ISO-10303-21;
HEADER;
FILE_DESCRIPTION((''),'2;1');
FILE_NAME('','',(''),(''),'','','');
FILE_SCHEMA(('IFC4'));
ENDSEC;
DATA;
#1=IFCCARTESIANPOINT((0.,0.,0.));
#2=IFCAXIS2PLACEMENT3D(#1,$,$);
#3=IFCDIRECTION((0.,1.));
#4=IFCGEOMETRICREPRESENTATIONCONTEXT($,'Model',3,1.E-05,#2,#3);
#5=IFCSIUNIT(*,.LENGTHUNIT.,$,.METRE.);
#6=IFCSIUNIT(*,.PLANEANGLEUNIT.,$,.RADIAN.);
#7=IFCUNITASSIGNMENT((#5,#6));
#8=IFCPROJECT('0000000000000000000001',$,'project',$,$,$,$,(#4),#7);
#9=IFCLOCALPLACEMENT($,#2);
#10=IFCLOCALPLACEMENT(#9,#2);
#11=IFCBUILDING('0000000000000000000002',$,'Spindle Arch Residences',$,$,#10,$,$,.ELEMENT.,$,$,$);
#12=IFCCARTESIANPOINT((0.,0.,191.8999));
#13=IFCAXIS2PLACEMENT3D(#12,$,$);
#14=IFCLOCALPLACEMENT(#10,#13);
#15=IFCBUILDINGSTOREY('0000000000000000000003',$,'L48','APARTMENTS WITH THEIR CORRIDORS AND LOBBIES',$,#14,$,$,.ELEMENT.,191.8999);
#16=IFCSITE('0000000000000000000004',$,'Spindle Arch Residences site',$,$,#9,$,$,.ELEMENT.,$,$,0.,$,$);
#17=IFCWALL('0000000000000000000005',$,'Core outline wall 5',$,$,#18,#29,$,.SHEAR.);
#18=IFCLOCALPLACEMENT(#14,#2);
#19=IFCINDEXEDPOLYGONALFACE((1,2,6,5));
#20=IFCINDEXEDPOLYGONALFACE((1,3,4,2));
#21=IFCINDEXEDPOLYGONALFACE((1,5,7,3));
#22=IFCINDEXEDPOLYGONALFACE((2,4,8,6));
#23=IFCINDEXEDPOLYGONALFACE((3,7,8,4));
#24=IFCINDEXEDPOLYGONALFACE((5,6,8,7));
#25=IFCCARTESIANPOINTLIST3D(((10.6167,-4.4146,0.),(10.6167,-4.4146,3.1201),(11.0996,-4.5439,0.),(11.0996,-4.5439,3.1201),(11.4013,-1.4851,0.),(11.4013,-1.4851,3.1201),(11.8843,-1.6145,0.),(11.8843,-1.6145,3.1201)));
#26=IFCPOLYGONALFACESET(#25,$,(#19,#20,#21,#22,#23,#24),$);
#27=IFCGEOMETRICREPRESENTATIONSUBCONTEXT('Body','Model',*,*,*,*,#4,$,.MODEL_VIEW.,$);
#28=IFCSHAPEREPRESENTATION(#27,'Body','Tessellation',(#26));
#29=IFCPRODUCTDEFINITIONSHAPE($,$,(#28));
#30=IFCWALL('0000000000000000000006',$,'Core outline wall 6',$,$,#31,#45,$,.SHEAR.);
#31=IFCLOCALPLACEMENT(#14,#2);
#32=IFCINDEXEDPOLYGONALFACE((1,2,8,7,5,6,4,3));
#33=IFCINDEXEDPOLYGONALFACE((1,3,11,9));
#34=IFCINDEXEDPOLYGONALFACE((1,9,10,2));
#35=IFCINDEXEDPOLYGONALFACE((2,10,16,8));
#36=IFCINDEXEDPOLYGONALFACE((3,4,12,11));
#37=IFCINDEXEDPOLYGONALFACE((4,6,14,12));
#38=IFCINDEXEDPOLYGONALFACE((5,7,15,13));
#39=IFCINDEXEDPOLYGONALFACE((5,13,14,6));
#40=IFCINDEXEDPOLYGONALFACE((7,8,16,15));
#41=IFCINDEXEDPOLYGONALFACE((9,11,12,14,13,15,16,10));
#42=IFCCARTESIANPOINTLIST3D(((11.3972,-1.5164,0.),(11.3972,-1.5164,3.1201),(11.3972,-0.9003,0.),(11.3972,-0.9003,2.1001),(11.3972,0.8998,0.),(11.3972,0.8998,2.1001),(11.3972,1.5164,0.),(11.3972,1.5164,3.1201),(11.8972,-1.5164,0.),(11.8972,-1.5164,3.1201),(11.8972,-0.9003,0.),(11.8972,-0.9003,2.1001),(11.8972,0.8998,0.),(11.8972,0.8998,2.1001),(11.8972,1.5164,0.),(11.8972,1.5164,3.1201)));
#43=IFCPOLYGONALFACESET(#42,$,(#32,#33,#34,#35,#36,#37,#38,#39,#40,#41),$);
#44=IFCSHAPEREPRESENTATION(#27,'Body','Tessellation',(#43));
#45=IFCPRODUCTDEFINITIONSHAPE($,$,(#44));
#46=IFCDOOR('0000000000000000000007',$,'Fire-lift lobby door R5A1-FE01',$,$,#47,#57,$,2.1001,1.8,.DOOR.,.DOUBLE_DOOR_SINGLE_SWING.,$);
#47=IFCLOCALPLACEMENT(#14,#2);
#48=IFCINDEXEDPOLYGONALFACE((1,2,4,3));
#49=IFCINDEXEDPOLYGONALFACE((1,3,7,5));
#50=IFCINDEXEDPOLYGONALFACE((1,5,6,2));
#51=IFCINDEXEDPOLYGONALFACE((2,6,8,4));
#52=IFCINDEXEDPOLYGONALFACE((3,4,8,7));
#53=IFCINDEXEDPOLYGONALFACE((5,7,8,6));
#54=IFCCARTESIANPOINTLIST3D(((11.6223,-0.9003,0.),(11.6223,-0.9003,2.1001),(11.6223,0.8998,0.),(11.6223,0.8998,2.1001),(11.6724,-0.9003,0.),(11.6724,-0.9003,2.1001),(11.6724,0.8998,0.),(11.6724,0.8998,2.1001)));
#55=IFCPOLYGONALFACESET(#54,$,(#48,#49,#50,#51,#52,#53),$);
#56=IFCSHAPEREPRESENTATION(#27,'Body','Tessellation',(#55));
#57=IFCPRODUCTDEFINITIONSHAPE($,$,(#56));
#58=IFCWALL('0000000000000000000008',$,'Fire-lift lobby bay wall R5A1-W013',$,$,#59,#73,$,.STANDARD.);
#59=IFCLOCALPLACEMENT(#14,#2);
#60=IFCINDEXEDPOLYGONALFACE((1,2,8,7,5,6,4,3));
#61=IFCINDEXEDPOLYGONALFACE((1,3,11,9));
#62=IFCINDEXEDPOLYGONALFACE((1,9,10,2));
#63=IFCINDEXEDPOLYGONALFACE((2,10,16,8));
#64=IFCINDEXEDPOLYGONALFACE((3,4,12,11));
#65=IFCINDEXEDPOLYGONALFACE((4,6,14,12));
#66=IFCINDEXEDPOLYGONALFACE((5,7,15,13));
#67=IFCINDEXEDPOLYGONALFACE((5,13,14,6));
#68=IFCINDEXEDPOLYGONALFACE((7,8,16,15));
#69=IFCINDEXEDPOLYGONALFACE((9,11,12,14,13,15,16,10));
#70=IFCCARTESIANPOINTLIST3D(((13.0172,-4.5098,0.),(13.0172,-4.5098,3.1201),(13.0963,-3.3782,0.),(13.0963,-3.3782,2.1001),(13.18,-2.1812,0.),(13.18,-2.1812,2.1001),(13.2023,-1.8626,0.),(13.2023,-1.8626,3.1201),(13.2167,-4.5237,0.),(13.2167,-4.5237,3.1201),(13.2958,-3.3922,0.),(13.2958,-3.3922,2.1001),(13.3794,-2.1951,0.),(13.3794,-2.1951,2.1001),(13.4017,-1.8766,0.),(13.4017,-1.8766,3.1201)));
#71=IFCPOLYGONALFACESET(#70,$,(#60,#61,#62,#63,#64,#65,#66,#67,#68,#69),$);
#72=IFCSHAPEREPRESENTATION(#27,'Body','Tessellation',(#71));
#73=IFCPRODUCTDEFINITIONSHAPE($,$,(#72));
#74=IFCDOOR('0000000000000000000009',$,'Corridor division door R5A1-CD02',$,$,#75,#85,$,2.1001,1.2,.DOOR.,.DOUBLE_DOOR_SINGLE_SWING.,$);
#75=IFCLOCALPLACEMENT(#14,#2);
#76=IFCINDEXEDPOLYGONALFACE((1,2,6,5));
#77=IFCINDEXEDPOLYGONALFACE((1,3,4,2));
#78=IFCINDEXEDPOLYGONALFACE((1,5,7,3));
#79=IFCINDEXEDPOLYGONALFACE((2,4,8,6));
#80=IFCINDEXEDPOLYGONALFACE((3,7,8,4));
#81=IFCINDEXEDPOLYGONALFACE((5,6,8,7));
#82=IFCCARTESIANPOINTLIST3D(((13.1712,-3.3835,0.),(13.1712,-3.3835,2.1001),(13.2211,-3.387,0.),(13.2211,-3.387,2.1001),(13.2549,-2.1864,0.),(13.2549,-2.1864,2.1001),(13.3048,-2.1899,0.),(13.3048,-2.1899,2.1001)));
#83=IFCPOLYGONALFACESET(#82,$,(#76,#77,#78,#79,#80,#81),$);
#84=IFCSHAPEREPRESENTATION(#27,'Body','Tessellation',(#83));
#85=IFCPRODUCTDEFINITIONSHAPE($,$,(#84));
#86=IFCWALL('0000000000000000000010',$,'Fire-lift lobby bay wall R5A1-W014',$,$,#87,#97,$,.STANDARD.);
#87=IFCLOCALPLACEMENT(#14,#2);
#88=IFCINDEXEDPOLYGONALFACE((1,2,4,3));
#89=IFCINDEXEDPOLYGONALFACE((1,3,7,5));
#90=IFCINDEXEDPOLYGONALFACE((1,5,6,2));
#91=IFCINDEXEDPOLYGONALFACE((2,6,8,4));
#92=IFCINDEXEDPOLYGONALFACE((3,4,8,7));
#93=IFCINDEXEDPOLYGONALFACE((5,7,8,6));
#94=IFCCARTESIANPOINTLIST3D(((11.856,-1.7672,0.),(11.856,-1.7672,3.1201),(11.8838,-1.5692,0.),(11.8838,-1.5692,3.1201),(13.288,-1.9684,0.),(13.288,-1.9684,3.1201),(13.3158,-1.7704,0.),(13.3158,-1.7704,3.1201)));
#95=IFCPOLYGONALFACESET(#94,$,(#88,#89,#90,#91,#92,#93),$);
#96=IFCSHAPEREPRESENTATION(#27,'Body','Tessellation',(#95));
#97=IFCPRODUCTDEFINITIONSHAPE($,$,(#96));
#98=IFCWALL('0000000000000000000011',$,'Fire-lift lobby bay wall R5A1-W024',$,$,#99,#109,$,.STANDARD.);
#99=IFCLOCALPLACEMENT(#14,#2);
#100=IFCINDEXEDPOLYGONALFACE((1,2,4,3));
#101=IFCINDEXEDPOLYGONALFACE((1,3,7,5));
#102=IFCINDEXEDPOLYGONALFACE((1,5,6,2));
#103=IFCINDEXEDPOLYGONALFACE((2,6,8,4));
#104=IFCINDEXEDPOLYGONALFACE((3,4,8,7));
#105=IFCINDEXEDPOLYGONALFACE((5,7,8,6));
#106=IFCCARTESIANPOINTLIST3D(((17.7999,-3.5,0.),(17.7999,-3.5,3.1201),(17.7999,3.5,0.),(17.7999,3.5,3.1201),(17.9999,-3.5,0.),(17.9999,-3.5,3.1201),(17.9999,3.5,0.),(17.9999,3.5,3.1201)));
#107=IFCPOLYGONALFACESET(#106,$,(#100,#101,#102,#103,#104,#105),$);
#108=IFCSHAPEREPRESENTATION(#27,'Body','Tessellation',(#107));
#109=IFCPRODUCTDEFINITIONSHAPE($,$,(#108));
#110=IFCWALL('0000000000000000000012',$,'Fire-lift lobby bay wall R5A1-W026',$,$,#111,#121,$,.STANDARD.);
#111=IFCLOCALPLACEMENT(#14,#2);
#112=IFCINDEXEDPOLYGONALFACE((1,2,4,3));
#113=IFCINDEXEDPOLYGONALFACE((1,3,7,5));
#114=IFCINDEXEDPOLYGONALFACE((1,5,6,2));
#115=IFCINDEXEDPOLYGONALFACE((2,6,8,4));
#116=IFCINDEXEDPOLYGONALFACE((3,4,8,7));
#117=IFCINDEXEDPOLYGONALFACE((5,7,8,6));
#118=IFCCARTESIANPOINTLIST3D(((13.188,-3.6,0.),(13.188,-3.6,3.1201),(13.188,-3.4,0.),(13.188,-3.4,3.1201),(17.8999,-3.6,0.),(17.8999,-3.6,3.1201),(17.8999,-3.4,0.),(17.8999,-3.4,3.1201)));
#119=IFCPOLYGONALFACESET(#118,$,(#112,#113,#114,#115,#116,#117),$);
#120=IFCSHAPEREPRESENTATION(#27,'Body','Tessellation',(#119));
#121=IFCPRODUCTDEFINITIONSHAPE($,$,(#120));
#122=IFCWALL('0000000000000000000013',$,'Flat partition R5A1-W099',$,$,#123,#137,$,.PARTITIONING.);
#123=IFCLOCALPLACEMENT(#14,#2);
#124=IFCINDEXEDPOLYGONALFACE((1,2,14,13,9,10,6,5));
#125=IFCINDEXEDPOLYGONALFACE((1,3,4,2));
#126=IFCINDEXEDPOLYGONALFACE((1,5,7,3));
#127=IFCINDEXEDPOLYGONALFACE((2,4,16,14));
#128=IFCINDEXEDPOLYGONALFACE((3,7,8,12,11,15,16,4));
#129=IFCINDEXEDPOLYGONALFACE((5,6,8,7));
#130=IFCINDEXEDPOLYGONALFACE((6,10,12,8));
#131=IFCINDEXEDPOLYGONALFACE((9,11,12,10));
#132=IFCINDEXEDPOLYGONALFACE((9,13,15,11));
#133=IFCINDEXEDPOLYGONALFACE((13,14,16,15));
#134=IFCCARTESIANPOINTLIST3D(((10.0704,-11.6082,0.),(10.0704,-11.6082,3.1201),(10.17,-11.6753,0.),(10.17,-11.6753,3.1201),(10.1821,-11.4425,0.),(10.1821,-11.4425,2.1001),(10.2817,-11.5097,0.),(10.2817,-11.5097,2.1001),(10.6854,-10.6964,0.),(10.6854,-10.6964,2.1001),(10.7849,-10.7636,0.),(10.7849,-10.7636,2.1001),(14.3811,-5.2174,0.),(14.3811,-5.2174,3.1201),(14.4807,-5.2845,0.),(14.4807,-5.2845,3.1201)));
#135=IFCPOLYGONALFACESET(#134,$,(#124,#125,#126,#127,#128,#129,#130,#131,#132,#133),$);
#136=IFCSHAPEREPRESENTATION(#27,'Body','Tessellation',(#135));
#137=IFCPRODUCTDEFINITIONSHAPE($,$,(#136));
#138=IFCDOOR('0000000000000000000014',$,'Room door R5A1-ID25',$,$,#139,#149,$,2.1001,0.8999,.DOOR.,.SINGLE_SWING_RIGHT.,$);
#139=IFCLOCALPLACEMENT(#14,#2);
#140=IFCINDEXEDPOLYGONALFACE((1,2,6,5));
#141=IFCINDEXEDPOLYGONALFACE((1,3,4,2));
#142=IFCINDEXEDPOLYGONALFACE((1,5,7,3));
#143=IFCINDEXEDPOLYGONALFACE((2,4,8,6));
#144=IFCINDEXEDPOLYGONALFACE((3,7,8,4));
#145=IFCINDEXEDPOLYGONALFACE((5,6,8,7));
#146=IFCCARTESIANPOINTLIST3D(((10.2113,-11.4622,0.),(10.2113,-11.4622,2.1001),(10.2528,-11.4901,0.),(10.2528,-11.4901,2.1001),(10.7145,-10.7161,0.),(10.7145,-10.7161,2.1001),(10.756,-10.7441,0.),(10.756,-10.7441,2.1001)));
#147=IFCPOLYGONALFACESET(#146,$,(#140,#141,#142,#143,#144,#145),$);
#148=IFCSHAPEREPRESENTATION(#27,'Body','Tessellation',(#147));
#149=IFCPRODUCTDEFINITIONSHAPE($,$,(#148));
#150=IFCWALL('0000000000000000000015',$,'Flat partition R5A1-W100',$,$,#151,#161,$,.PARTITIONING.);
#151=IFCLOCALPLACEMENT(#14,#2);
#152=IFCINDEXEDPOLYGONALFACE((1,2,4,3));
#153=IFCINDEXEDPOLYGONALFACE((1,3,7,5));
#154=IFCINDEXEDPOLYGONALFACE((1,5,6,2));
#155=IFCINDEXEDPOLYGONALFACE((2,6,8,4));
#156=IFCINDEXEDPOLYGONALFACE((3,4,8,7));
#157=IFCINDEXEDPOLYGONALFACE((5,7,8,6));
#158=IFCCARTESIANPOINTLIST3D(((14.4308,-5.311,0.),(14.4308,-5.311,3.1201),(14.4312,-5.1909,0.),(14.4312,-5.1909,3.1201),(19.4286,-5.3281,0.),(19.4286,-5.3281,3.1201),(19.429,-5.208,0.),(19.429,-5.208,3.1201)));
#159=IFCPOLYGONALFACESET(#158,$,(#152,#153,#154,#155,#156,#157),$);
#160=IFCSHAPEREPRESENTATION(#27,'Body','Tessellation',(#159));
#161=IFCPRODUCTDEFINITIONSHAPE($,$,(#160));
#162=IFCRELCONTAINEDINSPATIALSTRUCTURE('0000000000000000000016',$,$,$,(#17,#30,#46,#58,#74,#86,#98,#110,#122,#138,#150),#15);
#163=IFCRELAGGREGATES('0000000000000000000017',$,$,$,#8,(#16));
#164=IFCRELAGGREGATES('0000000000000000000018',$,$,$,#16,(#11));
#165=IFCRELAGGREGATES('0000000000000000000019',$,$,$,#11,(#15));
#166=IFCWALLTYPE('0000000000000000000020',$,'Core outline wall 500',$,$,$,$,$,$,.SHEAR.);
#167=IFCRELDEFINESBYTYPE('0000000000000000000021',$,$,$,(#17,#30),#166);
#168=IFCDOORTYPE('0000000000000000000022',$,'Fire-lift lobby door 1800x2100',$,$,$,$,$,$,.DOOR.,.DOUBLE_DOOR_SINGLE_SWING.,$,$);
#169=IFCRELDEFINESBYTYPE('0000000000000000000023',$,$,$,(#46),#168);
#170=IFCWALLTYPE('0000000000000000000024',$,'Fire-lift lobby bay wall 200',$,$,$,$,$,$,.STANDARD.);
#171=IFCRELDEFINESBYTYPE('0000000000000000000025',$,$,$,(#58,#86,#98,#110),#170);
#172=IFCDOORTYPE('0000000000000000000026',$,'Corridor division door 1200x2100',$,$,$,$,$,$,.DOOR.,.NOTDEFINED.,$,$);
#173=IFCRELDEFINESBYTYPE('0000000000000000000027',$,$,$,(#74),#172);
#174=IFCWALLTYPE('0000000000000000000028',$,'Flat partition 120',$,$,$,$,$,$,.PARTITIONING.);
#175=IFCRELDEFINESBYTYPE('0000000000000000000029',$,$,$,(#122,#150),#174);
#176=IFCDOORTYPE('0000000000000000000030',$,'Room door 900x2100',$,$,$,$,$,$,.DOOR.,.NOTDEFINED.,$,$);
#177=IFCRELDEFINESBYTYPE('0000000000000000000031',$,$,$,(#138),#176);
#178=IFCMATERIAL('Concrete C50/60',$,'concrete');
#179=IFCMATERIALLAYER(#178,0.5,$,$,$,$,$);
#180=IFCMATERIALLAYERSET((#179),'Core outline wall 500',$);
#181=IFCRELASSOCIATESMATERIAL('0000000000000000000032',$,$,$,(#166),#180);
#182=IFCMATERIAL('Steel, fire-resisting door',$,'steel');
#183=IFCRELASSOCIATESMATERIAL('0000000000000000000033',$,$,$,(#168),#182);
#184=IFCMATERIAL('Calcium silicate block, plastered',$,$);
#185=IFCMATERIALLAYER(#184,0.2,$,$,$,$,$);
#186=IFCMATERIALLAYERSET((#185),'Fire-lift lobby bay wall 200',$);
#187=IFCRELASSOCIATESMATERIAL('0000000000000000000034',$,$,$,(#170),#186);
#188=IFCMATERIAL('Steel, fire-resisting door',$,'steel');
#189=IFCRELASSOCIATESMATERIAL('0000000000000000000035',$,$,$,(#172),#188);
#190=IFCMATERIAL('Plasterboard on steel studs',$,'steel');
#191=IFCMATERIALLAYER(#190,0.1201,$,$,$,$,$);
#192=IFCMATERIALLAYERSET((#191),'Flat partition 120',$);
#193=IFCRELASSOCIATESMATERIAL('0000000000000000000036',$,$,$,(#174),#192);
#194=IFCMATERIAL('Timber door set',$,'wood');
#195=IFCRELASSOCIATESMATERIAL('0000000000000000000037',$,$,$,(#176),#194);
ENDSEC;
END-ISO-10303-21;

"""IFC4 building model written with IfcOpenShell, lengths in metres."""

from ifc_helpers import new_model, si_unit, direction, frame, frame_2d, origin, place, context, subcontext, project, spatial, rectangle, extrude, material, layer, layer_set, type_object, element, fill, save


model = new_model("IFC4")

# Units and contexts
model_context = context("Model", 3, precision=1e-05, world=origin(), true_north=direction((0.0, 1.0)))
body_context = subcontext(model_context, "Body", "Model", "MODEL_VIEW")
ifc_project = project(units=[si_unit("LENGTHUNIT", "METRE"), si_unit("PLANEANGLEUNIT", "RADIAN")], contexts=[model_context])

# Site, building, storey
site_placement = place(None, origin())
site = spatial("IfcSite", under=ifc_project, at=site_placement, Name="Spindle Arch Residences site", CompositionType="ELEMENT", RefElevation=0.0)
building_placement = place(site_placement, origin())
building = spatial("IfcBuilding", under=site, at=building_placement, Name="Spindle Arch Residences", CompositionType="ELEMENT")
storey_placement = place(building_placement, frame((0.0, 0.0, 191.8999)))
storey = spatial("IfcBuildingStorey", under=building, at=storey_placement, Name="L48", Description="APARTMENTS WITH THEIR CORRIDORS AND LOBBIES", CompositionType="ELEMENT", Elevation=191.8999)

# Wall
ifc_material_1 = material(Name="Concrete C50/60", Category="concrete")
ifc_layer_1 = layer(ifc_material_1, 0.5)
ifc_layer_set_1 = layer_set([ifc_layer_1], Name="Core outline wall 500")
wall_type_1 = type_object("IfcWallType", Name="Core outline wall 500", PredefinedType="SHEAR", material=ifc_layer_set_1)
wall_1_placement = place(storey_placement, frame((10.8582, -4.4792, 0.0), z_axis=(0.0, 0.0, 1.0), x_axis=(0.258735, 0.965948, 0.0)))
element("IfcWall", 1, at=wall_1_placement, inside=storey, type_object=wall_type_1, Name="Core outline wall 5", PredefinedType="SHEAR", context=body_context, shape_type="SweptSolid", body=[
    extrude(rectangle(XDim=3.0327, YDim=0.5, at=frame_2d((1.5164, 0.0))), origin(), (0.0, 0.0, 1.0), 3.1201),
])

# Walls, openings, doors
wall_2_placement = place(storey_placement, frame((11.6472, -1.5164, 0.0), z_axis=(0.0, 0.0, 1.0), x_axis=(0.0, 1.0, 0.0)))
wall_2 = element("IfcWall", 2, at=wall_2_placement, inside=storey, type_object=wall_type_1, Name="Core outline wall 6", PredefinedType="SHEAR", context=body_context, shape_type="SweptSolid", body=[
    extrude(rectangle(XDim=3.0327, YDim=0.5, at=frame_2d((1.5164, 0.0))), origin(), (0.0, 0.0, 1.0), 3.1201),
])
opening_1_placement = place(wall_2_placement, frame((0.6162, 0.0, 0.0)))
opening_1 = element("IfcOpeningElement", 3, at=opening_1_placement, cuts=wall_2, PredefinedType="OPENING", context=body_context, shape_type="SweptSolid", body=[
    extrude(rectangle(XDim=1.8, YDim=2.1001, at=frame_2d((0.8999, 1.05))), frame((0.0, 0.26, 0.0), z_axis=(0.0, -1.0, 0.0), x_axis=(1.0, 0.0, 0.0)), (0.0, 0.0, 1.0), 0.52),
])
ifc_material_2 = material(Name="Steel, fire-resisting door", Category="steel")
door_type_1 = type_object("IfcDoorType", Name="Fire-lift lobby door 1800x2100", OperationType="DOUBLE_DOOR_SINGLE_SWING", PredefinedType="DOOR", material=ifc_material_2)
door_1_placement = place(opening_1_placement, origin())
door_1 = element("IfcDoor", 4, at=door_1_placement, inside=storey, type_object=door_type_1, Name="Fire-lift lobby door R5A1-FE01", OperationType="DOUBLE_DOOR_SINGLE_SWING", OverallHeight=2.1001, OverallWidth=1.8, PredefinedType="DOOR", context=body_context, shape_type="SweptSolid", body=[
    extrude(rectangle(XDim=1.8, YDim=2.1001, at=frame_2d((0.8999, 1.05))), frame((0.0, 0.0249, 0.0), z_axis=(0.0, -1.0, 0.0), x_axis=(1.0, 0.0, 0.0)), (0.0, 0.0, 1.0), 0.05),
])
fill(opening_1, door_1)
ifc_material_3 = material(Name="Calcium silicate block, plastered")
ifc_layer_2 = layer(ifc_material_3, 0.2)
ifc_layer_set_2 = layer_set([ifc_layer_2], Name="Fire-lift lobby bay wall 200")
wall_type_2 = type_object("IfcWallType", Name="Fire-lift lobby bay wall 200", PredefinedType="STANDARD", material=ifc_layer_set_2)
wall_3_placement = place(storey_placement, frame((13.1169, -4.5166, 0.0), z_axis=(0.0, 0.0, 1.0), x_axis=(0.069737, 0.997565, 0.0)))
wall_3 = element("IfcWall", 5, at=wall_3_placement, inside=storey, type_object=wall_type_2, Name="Fire-lift lobby bay wall R5A1-W013", PredefinedType="STANDARD", context=body_context, shape_type="SweptSolid", body=[
    extrude(rectangle(XDim=2.6536, YDim=0.2, at=frame_2d((1.3267, 0.0))), origin(), (0.0, 0.0, 1.0), 3.1201),
])
opening_2_placement = place(wall_3_placement, frame((1.134, 0.0, 0.0)))
opening_2 = element("IfcOpeningElement", 6, at=opening_2_placement, cuts=wall_3, PredefinedType="OPENING", context=body_context, shape_type="SweptSolid", body=[
    extrude(rectangle(XDim=1.2, YDim=2.1001, at=frame_2d((0.6001, 1.05))), frame((0.0, 0.1099, 0.0), z_axis=(0.0, -1.0, 0.0), x_axis=(1.0, 0.0, 0.0)), (0.0, 0.0, 1.0), 0.22),
])
ifc_material_4 = material(Name="Steel, fire-resisting door", Category="steel")
door_type_2 = type_object("IfcDoorType", Name="Corridor division door 1200x2100", OperationType="NOTDEFINED", PredefinedType="DOOR", material=ifc_material_4)
door_2_placement = place(opening_2_placement, origin())
door_2 = element("IfcDoor", 7, at=door_2_placement, inside=storey, type_object=door_type_2, Name="Corridor division door R5A1-CD02", OperationType="DOUBLE_DOOR_SINGLE_SWING", OverallHeight=2.1001, OverallWidth=1.2, PredefinedType="DOOR", context=body_context, shape_type="SweptSolid", body=[
    extrude(rectangle(XDim=1.2, YDim=2.1001, at=frame_2d((0.6001, 1.05))), frame((0.0, 0.0249, 0.0), z_axis=(0.0, -1.0, 0.0), x_axis=(1.0, 0.0, 0.0)), (0.0, 0.0, 1.0), 0.05),
])
fill(opening_2, door_2)

# Walls
wall_4_placement = place(storey_placement, frame((13.302, -1.8694, 0.0), z_axis=(0.0, 0.0, 1.0), x_axis=(-0.990274, 0.139128, 0.0)))
element("IfcWall", 8, at=wall_4_placement, inside=storey, type_object=wall_type_2, Name="Fire-lift lobby bay wall R5A1-W014", PredefinedType="STANDARD", context=body_context, shape_type="SweptSolid", body=[
    extrude(rectangle(XDim=1.446, YDim=0.2, at=frame_2d((0.7231, 0.0))), origin(), (0.0, 0.0, 1.0), 3.1201),
])
wall_5_placement = place(storey_placement, frame((17.8999, -3.5, 0.0), z_axis=(0.0, 0.0, 1.0), x_axis=(0.0, 1.0, 0.0)))
element("IfcWall", 9, at=wall_5_placement, inside=storey, type_object=wall_type_2, Name="Fire-lift lobby bay wall R5A1-W024", PredefinedType="STANDARD", context=body_context, shape_type="SweptSolid", body=[
    extrude(rectangle(XDim=7.0, YDim=0.2, at=frame_2d((3.5, 0.0))), origin(), (0.0, 0.0, 1.0), 3.1201),
])
wall_6_placement = place(storey_placement, frame((13.188, -3.5, 0.0), z_axis=(0.0, 0.0, 1.0), x_axis=(1.0, 0.0, 0.0)))
element("IfcWall", 10, at=wall_6_placement, inside=storey, type_object=wall_type_2, Name="Fire-lift lobby bay wall R5A1-W026", PredefinedType="STANDARD", context=body_context, shape_type="SweptSolid", body=[
    extrude(rectangle(XDim=4.7119, YDim=0.2, at=frame_2d((2.356, 0.0))), origin(), (0.0, 0.0, 1.0), 3.1201),
])

# Wall, opening, door
ifc_material_5 = material(Name="Plasterboard on steel studs", Category="steel")
ifc_layer_3 = layer(ifc_material_5, 0.1201)
ifc_layer_set_3 = layer_set([ifc_layer_3], Name="Flat partition 120")
wall_type_3 = type_object("IfcWallType", Name="Flat partition 120", PredefinedType="PARTITIONING", material=ifc_layer_set_3)
wall_7_placement = place(storey_placement, frame((10.1201, -11.6418, 0.0), z_axis=(0.0, 0.0, 1.0), x_axis=(0.559201, 0.829032, 0.0)))
wall_7 = element("IfcWall", 11, at=wall_7_placement, inside=storey, type_object=wall_type_3, Name="Flat partition R5A1-W099", PredefinedType="PARTITIONING", context=body_context, shape_type="SweptSolid", body=[
    extrude(rectangle(XDim=7.7087, YDim=0.1201, at=frame_2d((3.8545, 0.0))), origin(), (0.0, 0.0, 1.0), 3.1201),
])
opening_3_placement = place(wall_7_placement, frame((0.2, 0.0, 0.0)))
opening_3 = element("IfcOpeningElement", 12, at=opening_3_placement, cuts=wall_7, PredefinedType="OPENING", context=body_context, shape_type="SweptSolid", body=[
    extrude(rectangle(XDim=0.8999, YDim=2.1001, at=frame_2d((0.45, 1.05))), frame((0.0, 0.0701, 0.0), z_axis=(0.0, -1.0, 0.0), x_axis=(1.0, 0.0, 0.0)), (0.0, 0.0, 1.0), 0.1401),
])
ifc_material_6 = material(Name="Timber door set", Category="wood")
door_type_3 = type_object("IfcDoorType", Name="Room door 900x2100", OperationType="NOTDEFINED", PredefinedType="DOOR", material=ifc_material_6)
door_3_placement = place(opening_3_placement, origin())
door_3 = element("IfcDoor", 13, at=door_3_placement, inside=storey, type_object=door_type_3, Name="Room door R5A1-ID25", OperationType="SINGLE_SWING_RIGHT", OverallHeight=2.1001, OverallWidth=0.8999, PredefinedType="DOOR", context=body_context, shape_type="SweptSolid", body=[
    extrude(rectangle(XDim=0.8999, YDim=2.1001, at=frame_2d((0.45, 1.05))), frame((0.0, 0.0249, 0.0), z_axis=(0.0, -1.0, 0.0), x_axis=(1.0, 0.0, 0.0)), (0.0, 0.0, 1.0), 0.05),
])
fill(opening_3, door_3)

# Wall
wall_8_placement = place(storey_placement, frame((14.4309, -5.251, 0.0), z_axis=(0.0, 0.0, 1.0), x_axis=(0.999994, -0.003419, 0.0)))
element("IfcWall", 14, at=wall_8_placement, inside=storey, type_object=wall_type_3, Name="Flat partition R5A1-W100", PredefinedType="PARTITIONING", context=body_context, shape_type="SweptSolid", body=[
    extrude(rectangle(XDim=4.9978, YDim=0.1201, at=frame_2d((2.499, 0.0))), origin(), (0.0, 0.0, 1.0), 3.1201),
])

save(model, "model.ifc")
